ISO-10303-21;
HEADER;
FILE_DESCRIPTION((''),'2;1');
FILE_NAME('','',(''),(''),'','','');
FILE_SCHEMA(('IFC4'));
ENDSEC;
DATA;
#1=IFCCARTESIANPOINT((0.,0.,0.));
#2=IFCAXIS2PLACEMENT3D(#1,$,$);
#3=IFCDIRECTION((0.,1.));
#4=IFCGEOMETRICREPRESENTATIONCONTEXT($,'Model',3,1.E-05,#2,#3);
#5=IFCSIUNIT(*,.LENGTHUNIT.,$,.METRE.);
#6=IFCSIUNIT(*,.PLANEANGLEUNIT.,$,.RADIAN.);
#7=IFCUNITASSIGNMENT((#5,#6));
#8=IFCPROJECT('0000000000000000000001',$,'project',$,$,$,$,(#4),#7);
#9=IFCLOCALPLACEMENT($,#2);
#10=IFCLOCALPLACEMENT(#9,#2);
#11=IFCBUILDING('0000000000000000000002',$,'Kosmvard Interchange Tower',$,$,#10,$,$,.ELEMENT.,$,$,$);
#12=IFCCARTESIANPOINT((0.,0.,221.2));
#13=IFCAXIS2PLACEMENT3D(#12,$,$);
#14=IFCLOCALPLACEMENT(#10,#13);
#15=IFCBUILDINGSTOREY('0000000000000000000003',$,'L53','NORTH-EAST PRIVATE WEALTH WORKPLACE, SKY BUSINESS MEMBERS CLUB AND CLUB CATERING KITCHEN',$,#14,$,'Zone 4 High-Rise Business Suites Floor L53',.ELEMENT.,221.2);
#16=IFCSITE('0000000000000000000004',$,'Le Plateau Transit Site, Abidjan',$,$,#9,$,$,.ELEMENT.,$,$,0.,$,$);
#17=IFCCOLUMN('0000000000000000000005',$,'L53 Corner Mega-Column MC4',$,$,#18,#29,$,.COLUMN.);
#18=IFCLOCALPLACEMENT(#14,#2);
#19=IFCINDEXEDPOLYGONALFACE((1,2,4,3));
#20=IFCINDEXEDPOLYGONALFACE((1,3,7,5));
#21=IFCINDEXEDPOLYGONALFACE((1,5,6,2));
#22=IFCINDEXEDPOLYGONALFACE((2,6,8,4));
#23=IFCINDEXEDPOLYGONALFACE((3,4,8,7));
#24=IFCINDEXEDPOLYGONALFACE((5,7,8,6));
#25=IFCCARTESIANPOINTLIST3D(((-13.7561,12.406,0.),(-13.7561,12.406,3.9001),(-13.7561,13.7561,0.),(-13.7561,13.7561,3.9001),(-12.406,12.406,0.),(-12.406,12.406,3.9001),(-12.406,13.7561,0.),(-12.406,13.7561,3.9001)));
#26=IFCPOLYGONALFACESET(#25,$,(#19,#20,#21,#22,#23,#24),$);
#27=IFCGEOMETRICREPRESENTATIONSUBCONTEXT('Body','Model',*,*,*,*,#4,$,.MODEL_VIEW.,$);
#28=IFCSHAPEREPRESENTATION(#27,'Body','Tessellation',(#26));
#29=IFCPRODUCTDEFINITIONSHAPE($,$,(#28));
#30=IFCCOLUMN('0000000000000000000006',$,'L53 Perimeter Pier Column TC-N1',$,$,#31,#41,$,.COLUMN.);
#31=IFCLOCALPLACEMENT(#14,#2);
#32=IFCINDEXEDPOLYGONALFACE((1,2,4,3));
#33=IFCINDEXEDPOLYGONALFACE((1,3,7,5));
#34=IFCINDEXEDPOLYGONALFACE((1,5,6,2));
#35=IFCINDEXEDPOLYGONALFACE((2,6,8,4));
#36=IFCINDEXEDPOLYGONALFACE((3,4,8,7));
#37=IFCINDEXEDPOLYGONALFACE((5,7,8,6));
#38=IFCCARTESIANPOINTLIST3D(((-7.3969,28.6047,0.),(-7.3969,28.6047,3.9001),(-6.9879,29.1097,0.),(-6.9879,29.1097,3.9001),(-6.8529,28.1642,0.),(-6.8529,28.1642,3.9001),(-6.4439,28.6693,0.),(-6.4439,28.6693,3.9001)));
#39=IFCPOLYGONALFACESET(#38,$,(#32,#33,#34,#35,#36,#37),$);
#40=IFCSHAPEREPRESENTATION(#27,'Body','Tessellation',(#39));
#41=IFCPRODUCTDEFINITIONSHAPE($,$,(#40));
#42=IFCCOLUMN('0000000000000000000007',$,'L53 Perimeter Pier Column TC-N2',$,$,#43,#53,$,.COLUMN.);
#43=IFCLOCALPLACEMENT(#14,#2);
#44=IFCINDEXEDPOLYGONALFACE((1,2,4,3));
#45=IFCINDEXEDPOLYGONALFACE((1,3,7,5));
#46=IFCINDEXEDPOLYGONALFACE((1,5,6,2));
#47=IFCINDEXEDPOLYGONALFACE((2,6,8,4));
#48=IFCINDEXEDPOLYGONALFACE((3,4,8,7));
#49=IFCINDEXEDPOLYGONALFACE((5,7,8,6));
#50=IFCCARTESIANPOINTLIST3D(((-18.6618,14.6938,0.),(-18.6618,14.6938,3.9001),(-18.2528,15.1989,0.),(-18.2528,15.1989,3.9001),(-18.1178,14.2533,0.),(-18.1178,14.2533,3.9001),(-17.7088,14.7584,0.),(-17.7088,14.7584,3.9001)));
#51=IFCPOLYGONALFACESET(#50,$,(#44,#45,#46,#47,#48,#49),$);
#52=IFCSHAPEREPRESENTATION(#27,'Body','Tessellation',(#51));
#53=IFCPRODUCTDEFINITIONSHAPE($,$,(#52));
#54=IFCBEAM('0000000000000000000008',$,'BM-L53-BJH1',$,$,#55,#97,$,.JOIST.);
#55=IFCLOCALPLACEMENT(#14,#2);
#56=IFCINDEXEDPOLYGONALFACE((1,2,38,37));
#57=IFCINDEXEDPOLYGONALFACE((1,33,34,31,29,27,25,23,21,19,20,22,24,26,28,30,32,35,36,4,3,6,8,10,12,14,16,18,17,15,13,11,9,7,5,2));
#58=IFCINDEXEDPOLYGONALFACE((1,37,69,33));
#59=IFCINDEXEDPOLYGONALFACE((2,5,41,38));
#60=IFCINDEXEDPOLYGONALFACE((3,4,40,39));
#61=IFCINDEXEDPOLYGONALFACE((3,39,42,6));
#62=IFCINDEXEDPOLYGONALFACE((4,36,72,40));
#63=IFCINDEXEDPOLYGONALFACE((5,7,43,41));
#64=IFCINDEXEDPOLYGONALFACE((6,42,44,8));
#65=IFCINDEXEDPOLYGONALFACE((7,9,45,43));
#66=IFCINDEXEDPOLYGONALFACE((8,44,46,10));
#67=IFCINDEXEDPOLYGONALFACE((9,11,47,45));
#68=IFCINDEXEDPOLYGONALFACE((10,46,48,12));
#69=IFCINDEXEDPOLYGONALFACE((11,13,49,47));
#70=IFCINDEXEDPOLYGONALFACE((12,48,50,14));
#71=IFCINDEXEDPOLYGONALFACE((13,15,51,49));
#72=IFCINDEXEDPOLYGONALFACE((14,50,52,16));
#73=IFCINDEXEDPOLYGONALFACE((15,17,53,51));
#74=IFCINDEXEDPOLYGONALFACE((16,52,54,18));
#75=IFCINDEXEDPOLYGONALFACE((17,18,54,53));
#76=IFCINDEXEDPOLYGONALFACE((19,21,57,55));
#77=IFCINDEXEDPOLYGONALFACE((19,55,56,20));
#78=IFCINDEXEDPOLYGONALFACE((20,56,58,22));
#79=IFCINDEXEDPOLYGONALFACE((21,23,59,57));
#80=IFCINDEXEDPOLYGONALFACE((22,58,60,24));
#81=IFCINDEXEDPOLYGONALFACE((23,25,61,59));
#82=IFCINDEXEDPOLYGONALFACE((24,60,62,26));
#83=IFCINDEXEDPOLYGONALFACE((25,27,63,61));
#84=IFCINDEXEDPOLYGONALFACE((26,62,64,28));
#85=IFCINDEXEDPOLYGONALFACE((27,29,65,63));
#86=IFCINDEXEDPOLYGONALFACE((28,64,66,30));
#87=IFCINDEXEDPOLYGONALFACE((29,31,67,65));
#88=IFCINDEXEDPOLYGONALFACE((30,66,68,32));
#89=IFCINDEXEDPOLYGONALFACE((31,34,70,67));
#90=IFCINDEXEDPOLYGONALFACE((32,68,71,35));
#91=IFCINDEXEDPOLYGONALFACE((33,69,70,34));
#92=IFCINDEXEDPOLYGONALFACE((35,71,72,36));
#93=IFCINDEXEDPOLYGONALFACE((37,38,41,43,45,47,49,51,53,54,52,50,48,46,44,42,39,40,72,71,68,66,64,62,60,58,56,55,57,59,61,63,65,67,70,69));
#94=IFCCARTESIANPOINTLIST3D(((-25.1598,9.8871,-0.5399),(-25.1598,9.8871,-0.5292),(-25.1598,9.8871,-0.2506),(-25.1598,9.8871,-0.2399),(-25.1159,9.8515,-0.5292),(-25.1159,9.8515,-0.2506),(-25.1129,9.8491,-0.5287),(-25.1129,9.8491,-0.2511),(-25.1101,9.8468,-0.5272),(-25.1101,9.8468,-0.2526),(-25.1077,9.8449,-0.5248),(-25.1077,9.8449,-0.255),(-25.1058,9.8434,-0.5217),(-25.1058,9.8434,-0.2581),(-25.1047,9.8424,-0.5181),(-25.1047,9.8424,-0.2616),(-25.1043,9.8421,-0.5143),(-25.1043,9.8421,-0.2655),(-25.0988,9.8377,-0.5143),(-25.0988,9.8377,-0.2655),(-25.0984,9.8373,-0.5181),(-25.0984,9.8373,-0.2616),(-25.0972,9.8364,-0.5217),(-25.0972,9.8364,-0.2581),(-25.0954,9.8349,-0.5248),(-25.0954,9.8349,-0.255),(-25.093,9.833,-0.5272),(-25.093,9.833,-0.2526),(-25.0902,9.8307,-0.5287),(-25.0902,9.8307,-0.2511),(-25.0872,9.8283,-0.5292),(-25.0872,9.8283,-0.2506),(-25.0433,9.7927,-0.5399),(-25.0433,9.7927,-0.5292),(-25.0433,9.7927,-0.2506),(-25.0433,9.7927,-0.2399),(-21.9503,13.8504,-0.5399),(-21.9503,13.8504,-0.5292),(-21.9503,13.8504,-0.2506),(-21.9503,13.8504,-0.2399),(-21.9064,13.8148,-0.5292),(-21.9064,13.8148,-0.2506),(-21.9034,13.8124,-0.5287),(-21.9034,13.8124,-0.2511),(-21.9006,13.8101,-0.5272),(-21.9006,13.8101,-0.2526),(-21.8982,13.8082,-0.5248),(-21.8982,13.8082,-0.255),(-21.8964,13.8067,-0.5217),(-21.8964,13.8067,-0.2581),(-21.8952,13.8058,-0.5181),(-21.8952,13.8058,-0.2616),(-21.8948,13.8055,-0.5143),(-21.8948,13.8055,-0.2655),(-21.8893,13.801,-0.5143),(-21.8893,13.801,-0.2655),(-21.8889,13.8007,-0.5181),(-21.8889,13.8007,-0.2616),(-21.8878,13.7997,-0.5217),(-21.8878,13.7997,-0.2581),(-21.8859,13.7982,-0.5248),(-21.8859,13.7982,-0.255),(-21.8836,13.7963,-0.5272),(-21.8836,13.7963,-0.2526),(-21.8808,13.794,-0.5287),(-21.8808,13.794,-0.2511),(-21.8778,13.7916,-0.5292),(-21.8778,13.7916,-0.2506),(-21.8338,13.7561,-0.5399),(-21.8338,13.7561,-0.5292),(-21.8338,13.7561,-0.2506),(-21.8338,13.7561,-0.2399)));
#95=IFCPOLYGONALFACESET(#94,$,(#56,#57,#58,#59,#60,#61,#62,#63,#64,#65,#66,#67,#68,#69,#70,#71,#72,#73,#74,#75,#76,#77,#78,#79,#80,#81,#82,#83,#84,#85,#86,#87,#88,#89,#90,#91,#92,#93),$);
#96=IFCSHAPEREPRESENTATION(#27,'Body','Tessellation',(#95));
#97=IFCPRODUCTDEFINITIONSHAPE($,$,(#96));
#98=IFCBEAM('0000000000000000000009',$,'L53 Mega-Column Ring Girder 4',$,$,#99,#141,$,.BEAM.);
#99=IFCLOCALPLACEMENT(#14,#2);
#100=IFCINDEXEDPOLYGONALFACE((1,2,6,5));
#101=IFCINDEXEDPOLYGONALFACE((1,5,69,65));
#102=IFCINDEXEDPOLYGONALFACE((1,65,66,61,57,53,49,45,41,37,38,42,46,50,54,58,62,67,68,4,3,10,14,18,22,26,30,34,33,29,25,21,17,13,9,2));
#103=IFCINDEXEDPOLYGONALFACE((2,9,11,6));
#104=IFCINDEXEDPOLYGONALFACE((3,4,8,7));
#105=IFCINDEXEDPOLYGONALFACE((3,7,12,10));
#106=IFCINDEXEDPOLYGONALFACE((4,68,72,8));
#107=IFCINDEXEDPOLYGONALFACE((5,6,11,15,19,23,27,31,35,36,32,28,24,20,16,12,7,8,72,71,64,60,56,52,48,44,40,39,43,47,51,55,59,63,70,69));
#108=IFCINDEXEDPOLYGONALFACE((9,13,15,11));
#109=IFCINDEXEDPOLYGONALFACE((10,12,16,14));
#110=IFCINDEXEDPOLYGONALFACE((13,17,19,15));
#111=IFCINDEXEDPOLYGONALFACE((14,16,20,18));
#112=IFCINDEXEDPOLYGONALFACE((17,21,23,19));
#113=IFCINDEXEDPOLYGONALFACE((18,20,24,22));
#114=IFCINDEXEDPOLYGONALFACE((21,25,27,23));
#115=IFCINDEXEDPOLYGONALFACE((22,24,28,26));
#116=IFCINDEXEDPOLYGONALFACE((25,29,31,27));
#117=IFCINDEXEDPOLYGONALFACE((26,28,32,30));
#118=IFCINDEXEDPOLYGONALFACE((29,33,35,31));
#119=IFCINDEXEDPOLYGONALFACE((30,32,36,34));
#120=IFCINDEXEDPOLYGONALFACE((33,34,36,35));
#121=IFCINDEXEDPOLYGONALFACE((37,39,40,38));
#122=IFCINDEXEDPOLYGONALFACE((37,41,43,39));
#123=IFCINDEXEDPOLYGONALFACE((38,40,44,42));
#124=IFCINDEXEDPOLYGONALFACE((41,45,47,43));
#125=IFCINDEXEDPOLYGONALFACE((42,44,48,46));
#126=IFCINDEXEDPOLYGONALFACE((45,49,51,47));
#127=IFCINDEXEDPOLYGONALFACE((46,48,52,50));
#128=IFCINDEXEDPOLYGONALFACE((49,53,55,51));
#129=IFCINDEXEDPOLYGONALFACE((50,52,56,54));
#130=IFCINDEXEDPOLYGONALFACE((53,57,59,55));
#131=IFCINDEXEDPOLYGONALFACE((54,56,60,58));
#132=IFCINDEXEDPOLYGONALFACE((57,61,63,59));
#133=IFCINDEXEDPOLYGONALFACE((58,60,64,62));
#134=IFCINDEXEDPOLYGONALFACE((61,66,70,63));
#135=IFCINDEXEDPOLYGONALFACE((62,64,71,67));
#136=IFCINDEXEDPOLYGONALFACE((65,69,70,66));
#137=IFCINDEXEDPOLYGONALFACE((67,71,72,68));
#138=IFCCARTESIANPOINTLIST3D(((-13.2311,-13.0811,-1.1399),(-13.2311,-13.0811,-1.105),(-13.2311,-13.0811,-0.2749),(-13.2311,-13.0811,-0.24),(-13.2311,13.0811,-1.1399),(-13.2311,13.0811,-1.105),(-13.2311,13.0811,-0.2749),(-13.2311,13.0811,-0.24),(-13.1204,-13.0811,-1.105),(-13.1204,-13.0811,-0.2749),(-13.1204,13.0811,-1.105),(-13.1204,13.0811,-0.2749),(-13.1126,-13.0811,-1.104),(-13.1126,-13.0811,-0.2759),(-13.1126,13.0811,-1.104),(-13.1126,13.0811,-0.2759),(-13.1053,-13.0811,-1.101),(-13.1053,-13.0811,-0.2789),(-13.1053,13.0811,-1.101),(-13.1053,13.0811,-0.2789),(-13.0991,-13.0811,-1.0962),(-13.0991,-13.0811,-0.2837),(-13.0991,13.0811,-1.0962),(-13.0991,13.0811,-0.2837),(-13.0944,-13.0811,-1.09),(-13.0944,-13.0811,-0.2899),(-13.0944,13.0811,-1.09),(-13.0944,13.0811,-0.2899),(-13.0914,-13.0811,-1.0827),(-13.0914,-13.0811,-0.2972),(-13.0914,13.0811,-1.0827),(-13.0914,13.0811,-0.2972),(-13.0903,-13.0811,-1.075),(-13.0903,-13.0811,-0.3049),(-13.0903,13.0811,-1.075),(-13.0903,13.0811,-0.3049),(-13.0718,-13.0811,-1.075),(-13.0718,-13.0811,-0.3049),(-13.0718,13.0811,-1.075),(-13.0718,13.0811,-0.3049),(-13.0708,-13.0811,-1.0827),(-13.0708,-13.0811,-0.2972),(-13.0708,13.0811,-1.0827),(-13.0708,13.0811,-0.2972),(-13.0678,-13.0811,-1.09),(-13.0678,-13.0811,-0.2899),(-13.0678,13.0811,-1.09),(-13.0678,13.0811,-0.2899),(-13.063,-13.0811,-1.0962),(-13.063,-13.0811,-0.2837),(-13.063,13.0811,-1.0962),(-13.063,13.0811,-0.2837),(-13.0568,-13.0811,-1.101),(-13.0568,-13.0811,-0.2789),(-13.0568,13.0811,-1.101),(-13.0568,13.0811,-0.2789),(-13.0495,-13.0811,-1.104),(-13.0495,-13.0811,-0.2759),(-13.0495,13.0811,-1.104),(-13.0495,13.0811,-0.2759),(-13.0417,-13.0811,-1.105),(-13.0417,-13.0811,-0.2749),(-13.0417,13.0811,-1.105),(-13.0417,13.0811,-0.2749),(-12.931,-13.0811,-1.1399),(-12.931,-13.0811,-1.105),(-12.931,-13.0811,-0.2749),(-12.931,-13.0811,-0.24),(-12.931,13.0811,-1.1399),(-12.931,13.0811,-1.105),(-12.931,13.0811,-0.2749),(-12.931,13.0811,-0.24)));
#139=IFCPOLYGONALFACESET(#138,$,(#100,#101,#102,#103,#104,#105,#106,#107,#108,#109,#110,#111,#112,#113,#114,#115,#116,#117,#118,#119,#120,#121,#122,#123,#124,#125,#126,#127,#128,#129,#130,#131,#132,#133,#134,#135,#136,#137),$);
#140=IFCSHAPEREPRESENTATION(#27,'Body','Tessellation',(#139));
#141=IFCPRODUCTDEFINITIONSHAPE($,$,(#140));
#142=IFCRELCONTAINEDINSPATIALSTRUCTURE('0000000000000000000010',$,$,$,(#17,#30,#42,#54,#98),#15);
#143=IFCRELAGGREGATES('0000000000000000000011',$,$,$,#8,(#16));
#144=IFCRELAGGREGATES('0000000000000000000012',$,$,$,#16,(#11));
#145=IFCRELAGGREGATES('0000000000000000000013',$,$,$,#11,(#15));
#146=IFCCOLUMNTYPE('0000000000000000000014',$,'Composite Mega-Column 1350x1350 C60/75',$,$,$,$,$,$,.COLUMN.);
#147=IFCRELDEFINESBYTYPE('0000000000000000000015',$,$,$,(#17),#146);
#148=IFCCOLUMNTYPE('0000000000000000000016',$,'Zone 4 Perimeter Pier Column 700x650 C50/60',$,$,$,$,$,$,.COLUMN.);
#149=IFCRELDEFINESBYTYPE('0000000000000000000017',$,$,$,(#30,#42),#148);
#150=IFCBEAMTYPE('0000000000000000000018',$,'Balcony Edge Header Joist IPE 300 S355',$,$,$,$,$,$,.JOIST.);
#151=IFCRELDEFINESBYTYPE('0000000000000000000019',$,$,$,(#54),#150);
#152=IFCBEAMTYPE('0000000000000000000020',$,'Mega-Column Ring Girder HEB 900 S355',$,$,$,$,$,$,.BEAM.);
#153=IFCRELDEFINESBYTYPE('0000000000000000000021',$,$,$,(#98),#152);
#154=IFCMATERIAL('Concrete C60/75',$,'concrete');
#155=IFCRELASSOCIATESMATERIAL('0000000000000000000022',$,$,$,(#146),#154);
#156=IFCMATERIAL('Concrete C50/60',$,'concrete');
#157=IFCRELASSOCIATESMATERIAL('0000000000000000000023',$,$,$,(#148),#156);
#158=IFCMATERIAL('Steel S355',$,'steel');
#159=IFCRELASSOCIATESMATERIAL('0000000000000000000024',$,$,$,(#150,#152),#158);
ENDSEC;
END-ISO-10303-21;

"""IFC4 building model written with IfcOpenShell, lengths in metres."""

from ifc_helpers import new_model, si_unit, direction, frame, origin, origin_2d, place, context, subcontext, project, spatial, rectangle, i_section, extrude, source, transform, mapped, material, material_profile, profile_set, type_object, element, save


model = new_model("IFC4")

# Units and contexts
model_context = context("Model", 3, precision=1e-05, world=origin(), true_north=direction((0.0, 1.0)))
body_context = subcontext(model_context, "Body", "Model", "MODEL_VIEW")
ifc_project = project(units=[si_unit("LENGTHUNIT", "METRE"), si_unit("PLANEANGLEUNIT", "RADIAN")], contexts=[model_context])

# Site, building, storey
site_placement = place(None, origin())
site = spatial("IfcSite", under=ifc_project, at=site_placement, Name="Le Plateau Transit Site, Abidjan", CompositionType="ELEMENT", RefElevation=0.0)
building_placement = place(site_placement, origin())
building = spatial("IfcBuilding", under=site, at=building_placement, Name="Kosmvard Interchange Tower", CompositionType="ELEMENT")
storey_placement = place(building_placement, frame((0.0, 0.0, 221.2)))
storey = spatial("IfcBuildingStorey", under=building, at=storey_placement, Name="L53", Description="NORTH-EAST PRIVATE WEALTH WORKPLACE, SKY BUSINESS MEMBERS CLUB AND CLUB CATERING KITCHEN", LongName="Zone 4 High-Rise Business Suites Floor L53", CompositionType="ELEMENT", Elevation=221.2)

# Columns
ifc_material_1 = material(Name="Concrete C60/75", Category="concrete")
ifc_material_profile_1 = material_profile(ifc_material_1, rectangle(XDim=1.3501, YDim=1.3501, at=origin_2d()), Name="MC 1350x1350")
ifc_profile_set_1 = profile_set([ifc_material_profile_1], Name="Concrete C60/75")
column_type_1 = type_object("IfcColumnType", Name="Composite Mega-Column 1350x1350 C60/75", PredefinedType="COLUMN", material=ifc_profile_set_1)
shared_shape_1 = source(origin(), body_context, "Body", "SweptSolid", [
    extrude(rectangle(XDim=1.3501, YDim=1.3501, at=origin_2d()), origin(), (0.0, 0.0, 1.0), 3.9001),
])
column_placement = place(storey_placement, frame((-13.0811, 13.0811, 0.0), z_axis=(0.0, 0.0, 1.0), x_axis=(1.0, 0.0, 0.0)))
element("IfcColumn", 1, at=column_placement, inside=storey, type_object=column_type_1, Name="L53 Corner Mega-Column MC4", PredefinedType="COLUMN", context=body_context, shape_type="MappedRepresentation", body=[
    mapped(shared_shape_1, transform((0.0, 0.0, 0.0), scale=1.0)),
])
ifc_material_2 = material(Name="Concrete C50/60", Category="concrete")
ifc_material_profile_2 = material_profile(ifc_material_2, rectangle(XDim=0.6499, YDim=0.7, at=origin_2d()), Name="TC 700x650")
ifc_profile_set_2 = profile_set([ifc_material_profile_2], Name="Concrete C50/60")
column_type_2 = type_object("IfcColumnType", Name="Zone 4 Perimeter Pier Column 700x650 C50/60", PredefinedType="COLUMN", material=ifc_profile_set_2)
shared_shape_2 = source(origin(), body_context, "Body", "SweptSolid", [
    extrude(rectangle(XDim=0.6499, YDim=0.7, at=origin_2d()), origin(), (0.0, 0.0, 1.0), 3.9001),
])
for number, where, z_axis, x_axis, name in (
    (2, (-6.9204, 28.637, 0.0), (0.0, 0.0, 1.0), (0.62932, 0.777146, 0.0), "L53 Perimeter Pier Column TC-N1"),
    (3, (-18.1853, 14.7261, 0.0), (0.0, 0.0, 1.0), (0.62932, 0.777146, 0.0), "L53 Perimeter Pier Column TC-N2"),
):
    element("IfcColumn", number, at=place(storey_placement, frame(where, z_axis=z_axis, x_axis=x_axis)), inside=storey, type_object=column_type_2, Name=name, PredefinedType="COLUMN", context=body_context, shape_type="MappedRepresentation", body=[
        mapped(shared_shape_2, transform((0.0, 0.0, 0.0), scale=1.0)),
    ])

# Beams
ifc_material_3 = material(Name="Steel S355", Category="steel")
ifc_material_profile_3 = material_profile(ifc_material_3, i_section(OverallWidth=0.1499, OverallDepth=0.3, WebThickness=0.0071, FlangeThickness=0.0107, FilletRadius=0.0149, at=origin_2d()), Name="IPE 300")
ifc_profile_set_3 = profile_set([ifc_material_profile_3], Name="Steel S355")
beam_type_1 = type_object("IfcBeamType", Name="Balcony Edge Header Joist IPE 300 S355", PredefinedType="JOIST", material=ifc_profile_set_3)
shared_shape_3 = source(origin(), body_context, "Body", "SweptSolid", [
    extrude(i_section(OverallWidth=0.1499, OverallDepth=0.3, WebThickness=0.0071, FlangeThickness=0.0107, FilletRadius=0.0149, at=origin_2d()), origin(), (0.0, 0.0, 1.0), 5.0999),
])
beam_1_placement = place(storey_placement, frame((-21.8921, 13.8032, -0.3899), z_axis=(-0.629319, -0.777147, 0.0), x_axis=(0.777147, -0.629319, 0.0)))
element("IfcBeam", 4, at=beam_1_placement, inside=storey, type_object=beam_type_1, Name="BM-L53-BJH1", PredefinedType="JOIST", context=body_context, shape_type="MappedRepresentation", body=[
    mapped(shared_shape_3, transform((0.0, 0.0, 0.0), scale=1.0)),
])
ifc_material_profile_4 = material_profile(ifc_material_3, i_section(OverallWidth=0.3, OverallDepth=0.8999, WebThickness=0.0186, FlangeThickness=0.0349, FilletRadius=0.03, at=origin_2d()), Name="HEB 900")
ifc_profile_set_4 = profile_set([ifc_material_profile_4], Name="Steel S355")
beam_type_2 = type_object("IfcBeamType", Name="Mega-Column Ring Girder HEB 900 S355", PredefinedType="BEAM", material=ifc_profile_set_4)
shared_shape_4 = source(origin(), body_context, "Body", "SweptSolid", [
    extrude(i_section(OverallWidth=0.3, OverallDepth=0.8999, WebThickness=0.0186, FlangeThickness=0.0349, FilletRadius=0.03, at=origin_2d()), origin(), (0.0, 0.0, 1.0), 26.1621),
])
beam_2_placement = place(storey_placement, frame((-13.0811, 13.0811, -0.6899), z_axis=(0.0, -1.0, 0.0), x_axis=(1.0, 0.0, 0.0)))
element("IfcBeam", 5, at=beam_2_placement, inside=storey, type_object=beam_type_2, Name="L53 Mega-Column Ring Girder 4", PredefinedType="BEAM", context=body_context, shape_type="MappedRepresentation", body=[
    mapped(shared_shape_4, transform((0.0, 0.0, 0.0), scale=1.0)),
])

save(model, "model.ifc")
